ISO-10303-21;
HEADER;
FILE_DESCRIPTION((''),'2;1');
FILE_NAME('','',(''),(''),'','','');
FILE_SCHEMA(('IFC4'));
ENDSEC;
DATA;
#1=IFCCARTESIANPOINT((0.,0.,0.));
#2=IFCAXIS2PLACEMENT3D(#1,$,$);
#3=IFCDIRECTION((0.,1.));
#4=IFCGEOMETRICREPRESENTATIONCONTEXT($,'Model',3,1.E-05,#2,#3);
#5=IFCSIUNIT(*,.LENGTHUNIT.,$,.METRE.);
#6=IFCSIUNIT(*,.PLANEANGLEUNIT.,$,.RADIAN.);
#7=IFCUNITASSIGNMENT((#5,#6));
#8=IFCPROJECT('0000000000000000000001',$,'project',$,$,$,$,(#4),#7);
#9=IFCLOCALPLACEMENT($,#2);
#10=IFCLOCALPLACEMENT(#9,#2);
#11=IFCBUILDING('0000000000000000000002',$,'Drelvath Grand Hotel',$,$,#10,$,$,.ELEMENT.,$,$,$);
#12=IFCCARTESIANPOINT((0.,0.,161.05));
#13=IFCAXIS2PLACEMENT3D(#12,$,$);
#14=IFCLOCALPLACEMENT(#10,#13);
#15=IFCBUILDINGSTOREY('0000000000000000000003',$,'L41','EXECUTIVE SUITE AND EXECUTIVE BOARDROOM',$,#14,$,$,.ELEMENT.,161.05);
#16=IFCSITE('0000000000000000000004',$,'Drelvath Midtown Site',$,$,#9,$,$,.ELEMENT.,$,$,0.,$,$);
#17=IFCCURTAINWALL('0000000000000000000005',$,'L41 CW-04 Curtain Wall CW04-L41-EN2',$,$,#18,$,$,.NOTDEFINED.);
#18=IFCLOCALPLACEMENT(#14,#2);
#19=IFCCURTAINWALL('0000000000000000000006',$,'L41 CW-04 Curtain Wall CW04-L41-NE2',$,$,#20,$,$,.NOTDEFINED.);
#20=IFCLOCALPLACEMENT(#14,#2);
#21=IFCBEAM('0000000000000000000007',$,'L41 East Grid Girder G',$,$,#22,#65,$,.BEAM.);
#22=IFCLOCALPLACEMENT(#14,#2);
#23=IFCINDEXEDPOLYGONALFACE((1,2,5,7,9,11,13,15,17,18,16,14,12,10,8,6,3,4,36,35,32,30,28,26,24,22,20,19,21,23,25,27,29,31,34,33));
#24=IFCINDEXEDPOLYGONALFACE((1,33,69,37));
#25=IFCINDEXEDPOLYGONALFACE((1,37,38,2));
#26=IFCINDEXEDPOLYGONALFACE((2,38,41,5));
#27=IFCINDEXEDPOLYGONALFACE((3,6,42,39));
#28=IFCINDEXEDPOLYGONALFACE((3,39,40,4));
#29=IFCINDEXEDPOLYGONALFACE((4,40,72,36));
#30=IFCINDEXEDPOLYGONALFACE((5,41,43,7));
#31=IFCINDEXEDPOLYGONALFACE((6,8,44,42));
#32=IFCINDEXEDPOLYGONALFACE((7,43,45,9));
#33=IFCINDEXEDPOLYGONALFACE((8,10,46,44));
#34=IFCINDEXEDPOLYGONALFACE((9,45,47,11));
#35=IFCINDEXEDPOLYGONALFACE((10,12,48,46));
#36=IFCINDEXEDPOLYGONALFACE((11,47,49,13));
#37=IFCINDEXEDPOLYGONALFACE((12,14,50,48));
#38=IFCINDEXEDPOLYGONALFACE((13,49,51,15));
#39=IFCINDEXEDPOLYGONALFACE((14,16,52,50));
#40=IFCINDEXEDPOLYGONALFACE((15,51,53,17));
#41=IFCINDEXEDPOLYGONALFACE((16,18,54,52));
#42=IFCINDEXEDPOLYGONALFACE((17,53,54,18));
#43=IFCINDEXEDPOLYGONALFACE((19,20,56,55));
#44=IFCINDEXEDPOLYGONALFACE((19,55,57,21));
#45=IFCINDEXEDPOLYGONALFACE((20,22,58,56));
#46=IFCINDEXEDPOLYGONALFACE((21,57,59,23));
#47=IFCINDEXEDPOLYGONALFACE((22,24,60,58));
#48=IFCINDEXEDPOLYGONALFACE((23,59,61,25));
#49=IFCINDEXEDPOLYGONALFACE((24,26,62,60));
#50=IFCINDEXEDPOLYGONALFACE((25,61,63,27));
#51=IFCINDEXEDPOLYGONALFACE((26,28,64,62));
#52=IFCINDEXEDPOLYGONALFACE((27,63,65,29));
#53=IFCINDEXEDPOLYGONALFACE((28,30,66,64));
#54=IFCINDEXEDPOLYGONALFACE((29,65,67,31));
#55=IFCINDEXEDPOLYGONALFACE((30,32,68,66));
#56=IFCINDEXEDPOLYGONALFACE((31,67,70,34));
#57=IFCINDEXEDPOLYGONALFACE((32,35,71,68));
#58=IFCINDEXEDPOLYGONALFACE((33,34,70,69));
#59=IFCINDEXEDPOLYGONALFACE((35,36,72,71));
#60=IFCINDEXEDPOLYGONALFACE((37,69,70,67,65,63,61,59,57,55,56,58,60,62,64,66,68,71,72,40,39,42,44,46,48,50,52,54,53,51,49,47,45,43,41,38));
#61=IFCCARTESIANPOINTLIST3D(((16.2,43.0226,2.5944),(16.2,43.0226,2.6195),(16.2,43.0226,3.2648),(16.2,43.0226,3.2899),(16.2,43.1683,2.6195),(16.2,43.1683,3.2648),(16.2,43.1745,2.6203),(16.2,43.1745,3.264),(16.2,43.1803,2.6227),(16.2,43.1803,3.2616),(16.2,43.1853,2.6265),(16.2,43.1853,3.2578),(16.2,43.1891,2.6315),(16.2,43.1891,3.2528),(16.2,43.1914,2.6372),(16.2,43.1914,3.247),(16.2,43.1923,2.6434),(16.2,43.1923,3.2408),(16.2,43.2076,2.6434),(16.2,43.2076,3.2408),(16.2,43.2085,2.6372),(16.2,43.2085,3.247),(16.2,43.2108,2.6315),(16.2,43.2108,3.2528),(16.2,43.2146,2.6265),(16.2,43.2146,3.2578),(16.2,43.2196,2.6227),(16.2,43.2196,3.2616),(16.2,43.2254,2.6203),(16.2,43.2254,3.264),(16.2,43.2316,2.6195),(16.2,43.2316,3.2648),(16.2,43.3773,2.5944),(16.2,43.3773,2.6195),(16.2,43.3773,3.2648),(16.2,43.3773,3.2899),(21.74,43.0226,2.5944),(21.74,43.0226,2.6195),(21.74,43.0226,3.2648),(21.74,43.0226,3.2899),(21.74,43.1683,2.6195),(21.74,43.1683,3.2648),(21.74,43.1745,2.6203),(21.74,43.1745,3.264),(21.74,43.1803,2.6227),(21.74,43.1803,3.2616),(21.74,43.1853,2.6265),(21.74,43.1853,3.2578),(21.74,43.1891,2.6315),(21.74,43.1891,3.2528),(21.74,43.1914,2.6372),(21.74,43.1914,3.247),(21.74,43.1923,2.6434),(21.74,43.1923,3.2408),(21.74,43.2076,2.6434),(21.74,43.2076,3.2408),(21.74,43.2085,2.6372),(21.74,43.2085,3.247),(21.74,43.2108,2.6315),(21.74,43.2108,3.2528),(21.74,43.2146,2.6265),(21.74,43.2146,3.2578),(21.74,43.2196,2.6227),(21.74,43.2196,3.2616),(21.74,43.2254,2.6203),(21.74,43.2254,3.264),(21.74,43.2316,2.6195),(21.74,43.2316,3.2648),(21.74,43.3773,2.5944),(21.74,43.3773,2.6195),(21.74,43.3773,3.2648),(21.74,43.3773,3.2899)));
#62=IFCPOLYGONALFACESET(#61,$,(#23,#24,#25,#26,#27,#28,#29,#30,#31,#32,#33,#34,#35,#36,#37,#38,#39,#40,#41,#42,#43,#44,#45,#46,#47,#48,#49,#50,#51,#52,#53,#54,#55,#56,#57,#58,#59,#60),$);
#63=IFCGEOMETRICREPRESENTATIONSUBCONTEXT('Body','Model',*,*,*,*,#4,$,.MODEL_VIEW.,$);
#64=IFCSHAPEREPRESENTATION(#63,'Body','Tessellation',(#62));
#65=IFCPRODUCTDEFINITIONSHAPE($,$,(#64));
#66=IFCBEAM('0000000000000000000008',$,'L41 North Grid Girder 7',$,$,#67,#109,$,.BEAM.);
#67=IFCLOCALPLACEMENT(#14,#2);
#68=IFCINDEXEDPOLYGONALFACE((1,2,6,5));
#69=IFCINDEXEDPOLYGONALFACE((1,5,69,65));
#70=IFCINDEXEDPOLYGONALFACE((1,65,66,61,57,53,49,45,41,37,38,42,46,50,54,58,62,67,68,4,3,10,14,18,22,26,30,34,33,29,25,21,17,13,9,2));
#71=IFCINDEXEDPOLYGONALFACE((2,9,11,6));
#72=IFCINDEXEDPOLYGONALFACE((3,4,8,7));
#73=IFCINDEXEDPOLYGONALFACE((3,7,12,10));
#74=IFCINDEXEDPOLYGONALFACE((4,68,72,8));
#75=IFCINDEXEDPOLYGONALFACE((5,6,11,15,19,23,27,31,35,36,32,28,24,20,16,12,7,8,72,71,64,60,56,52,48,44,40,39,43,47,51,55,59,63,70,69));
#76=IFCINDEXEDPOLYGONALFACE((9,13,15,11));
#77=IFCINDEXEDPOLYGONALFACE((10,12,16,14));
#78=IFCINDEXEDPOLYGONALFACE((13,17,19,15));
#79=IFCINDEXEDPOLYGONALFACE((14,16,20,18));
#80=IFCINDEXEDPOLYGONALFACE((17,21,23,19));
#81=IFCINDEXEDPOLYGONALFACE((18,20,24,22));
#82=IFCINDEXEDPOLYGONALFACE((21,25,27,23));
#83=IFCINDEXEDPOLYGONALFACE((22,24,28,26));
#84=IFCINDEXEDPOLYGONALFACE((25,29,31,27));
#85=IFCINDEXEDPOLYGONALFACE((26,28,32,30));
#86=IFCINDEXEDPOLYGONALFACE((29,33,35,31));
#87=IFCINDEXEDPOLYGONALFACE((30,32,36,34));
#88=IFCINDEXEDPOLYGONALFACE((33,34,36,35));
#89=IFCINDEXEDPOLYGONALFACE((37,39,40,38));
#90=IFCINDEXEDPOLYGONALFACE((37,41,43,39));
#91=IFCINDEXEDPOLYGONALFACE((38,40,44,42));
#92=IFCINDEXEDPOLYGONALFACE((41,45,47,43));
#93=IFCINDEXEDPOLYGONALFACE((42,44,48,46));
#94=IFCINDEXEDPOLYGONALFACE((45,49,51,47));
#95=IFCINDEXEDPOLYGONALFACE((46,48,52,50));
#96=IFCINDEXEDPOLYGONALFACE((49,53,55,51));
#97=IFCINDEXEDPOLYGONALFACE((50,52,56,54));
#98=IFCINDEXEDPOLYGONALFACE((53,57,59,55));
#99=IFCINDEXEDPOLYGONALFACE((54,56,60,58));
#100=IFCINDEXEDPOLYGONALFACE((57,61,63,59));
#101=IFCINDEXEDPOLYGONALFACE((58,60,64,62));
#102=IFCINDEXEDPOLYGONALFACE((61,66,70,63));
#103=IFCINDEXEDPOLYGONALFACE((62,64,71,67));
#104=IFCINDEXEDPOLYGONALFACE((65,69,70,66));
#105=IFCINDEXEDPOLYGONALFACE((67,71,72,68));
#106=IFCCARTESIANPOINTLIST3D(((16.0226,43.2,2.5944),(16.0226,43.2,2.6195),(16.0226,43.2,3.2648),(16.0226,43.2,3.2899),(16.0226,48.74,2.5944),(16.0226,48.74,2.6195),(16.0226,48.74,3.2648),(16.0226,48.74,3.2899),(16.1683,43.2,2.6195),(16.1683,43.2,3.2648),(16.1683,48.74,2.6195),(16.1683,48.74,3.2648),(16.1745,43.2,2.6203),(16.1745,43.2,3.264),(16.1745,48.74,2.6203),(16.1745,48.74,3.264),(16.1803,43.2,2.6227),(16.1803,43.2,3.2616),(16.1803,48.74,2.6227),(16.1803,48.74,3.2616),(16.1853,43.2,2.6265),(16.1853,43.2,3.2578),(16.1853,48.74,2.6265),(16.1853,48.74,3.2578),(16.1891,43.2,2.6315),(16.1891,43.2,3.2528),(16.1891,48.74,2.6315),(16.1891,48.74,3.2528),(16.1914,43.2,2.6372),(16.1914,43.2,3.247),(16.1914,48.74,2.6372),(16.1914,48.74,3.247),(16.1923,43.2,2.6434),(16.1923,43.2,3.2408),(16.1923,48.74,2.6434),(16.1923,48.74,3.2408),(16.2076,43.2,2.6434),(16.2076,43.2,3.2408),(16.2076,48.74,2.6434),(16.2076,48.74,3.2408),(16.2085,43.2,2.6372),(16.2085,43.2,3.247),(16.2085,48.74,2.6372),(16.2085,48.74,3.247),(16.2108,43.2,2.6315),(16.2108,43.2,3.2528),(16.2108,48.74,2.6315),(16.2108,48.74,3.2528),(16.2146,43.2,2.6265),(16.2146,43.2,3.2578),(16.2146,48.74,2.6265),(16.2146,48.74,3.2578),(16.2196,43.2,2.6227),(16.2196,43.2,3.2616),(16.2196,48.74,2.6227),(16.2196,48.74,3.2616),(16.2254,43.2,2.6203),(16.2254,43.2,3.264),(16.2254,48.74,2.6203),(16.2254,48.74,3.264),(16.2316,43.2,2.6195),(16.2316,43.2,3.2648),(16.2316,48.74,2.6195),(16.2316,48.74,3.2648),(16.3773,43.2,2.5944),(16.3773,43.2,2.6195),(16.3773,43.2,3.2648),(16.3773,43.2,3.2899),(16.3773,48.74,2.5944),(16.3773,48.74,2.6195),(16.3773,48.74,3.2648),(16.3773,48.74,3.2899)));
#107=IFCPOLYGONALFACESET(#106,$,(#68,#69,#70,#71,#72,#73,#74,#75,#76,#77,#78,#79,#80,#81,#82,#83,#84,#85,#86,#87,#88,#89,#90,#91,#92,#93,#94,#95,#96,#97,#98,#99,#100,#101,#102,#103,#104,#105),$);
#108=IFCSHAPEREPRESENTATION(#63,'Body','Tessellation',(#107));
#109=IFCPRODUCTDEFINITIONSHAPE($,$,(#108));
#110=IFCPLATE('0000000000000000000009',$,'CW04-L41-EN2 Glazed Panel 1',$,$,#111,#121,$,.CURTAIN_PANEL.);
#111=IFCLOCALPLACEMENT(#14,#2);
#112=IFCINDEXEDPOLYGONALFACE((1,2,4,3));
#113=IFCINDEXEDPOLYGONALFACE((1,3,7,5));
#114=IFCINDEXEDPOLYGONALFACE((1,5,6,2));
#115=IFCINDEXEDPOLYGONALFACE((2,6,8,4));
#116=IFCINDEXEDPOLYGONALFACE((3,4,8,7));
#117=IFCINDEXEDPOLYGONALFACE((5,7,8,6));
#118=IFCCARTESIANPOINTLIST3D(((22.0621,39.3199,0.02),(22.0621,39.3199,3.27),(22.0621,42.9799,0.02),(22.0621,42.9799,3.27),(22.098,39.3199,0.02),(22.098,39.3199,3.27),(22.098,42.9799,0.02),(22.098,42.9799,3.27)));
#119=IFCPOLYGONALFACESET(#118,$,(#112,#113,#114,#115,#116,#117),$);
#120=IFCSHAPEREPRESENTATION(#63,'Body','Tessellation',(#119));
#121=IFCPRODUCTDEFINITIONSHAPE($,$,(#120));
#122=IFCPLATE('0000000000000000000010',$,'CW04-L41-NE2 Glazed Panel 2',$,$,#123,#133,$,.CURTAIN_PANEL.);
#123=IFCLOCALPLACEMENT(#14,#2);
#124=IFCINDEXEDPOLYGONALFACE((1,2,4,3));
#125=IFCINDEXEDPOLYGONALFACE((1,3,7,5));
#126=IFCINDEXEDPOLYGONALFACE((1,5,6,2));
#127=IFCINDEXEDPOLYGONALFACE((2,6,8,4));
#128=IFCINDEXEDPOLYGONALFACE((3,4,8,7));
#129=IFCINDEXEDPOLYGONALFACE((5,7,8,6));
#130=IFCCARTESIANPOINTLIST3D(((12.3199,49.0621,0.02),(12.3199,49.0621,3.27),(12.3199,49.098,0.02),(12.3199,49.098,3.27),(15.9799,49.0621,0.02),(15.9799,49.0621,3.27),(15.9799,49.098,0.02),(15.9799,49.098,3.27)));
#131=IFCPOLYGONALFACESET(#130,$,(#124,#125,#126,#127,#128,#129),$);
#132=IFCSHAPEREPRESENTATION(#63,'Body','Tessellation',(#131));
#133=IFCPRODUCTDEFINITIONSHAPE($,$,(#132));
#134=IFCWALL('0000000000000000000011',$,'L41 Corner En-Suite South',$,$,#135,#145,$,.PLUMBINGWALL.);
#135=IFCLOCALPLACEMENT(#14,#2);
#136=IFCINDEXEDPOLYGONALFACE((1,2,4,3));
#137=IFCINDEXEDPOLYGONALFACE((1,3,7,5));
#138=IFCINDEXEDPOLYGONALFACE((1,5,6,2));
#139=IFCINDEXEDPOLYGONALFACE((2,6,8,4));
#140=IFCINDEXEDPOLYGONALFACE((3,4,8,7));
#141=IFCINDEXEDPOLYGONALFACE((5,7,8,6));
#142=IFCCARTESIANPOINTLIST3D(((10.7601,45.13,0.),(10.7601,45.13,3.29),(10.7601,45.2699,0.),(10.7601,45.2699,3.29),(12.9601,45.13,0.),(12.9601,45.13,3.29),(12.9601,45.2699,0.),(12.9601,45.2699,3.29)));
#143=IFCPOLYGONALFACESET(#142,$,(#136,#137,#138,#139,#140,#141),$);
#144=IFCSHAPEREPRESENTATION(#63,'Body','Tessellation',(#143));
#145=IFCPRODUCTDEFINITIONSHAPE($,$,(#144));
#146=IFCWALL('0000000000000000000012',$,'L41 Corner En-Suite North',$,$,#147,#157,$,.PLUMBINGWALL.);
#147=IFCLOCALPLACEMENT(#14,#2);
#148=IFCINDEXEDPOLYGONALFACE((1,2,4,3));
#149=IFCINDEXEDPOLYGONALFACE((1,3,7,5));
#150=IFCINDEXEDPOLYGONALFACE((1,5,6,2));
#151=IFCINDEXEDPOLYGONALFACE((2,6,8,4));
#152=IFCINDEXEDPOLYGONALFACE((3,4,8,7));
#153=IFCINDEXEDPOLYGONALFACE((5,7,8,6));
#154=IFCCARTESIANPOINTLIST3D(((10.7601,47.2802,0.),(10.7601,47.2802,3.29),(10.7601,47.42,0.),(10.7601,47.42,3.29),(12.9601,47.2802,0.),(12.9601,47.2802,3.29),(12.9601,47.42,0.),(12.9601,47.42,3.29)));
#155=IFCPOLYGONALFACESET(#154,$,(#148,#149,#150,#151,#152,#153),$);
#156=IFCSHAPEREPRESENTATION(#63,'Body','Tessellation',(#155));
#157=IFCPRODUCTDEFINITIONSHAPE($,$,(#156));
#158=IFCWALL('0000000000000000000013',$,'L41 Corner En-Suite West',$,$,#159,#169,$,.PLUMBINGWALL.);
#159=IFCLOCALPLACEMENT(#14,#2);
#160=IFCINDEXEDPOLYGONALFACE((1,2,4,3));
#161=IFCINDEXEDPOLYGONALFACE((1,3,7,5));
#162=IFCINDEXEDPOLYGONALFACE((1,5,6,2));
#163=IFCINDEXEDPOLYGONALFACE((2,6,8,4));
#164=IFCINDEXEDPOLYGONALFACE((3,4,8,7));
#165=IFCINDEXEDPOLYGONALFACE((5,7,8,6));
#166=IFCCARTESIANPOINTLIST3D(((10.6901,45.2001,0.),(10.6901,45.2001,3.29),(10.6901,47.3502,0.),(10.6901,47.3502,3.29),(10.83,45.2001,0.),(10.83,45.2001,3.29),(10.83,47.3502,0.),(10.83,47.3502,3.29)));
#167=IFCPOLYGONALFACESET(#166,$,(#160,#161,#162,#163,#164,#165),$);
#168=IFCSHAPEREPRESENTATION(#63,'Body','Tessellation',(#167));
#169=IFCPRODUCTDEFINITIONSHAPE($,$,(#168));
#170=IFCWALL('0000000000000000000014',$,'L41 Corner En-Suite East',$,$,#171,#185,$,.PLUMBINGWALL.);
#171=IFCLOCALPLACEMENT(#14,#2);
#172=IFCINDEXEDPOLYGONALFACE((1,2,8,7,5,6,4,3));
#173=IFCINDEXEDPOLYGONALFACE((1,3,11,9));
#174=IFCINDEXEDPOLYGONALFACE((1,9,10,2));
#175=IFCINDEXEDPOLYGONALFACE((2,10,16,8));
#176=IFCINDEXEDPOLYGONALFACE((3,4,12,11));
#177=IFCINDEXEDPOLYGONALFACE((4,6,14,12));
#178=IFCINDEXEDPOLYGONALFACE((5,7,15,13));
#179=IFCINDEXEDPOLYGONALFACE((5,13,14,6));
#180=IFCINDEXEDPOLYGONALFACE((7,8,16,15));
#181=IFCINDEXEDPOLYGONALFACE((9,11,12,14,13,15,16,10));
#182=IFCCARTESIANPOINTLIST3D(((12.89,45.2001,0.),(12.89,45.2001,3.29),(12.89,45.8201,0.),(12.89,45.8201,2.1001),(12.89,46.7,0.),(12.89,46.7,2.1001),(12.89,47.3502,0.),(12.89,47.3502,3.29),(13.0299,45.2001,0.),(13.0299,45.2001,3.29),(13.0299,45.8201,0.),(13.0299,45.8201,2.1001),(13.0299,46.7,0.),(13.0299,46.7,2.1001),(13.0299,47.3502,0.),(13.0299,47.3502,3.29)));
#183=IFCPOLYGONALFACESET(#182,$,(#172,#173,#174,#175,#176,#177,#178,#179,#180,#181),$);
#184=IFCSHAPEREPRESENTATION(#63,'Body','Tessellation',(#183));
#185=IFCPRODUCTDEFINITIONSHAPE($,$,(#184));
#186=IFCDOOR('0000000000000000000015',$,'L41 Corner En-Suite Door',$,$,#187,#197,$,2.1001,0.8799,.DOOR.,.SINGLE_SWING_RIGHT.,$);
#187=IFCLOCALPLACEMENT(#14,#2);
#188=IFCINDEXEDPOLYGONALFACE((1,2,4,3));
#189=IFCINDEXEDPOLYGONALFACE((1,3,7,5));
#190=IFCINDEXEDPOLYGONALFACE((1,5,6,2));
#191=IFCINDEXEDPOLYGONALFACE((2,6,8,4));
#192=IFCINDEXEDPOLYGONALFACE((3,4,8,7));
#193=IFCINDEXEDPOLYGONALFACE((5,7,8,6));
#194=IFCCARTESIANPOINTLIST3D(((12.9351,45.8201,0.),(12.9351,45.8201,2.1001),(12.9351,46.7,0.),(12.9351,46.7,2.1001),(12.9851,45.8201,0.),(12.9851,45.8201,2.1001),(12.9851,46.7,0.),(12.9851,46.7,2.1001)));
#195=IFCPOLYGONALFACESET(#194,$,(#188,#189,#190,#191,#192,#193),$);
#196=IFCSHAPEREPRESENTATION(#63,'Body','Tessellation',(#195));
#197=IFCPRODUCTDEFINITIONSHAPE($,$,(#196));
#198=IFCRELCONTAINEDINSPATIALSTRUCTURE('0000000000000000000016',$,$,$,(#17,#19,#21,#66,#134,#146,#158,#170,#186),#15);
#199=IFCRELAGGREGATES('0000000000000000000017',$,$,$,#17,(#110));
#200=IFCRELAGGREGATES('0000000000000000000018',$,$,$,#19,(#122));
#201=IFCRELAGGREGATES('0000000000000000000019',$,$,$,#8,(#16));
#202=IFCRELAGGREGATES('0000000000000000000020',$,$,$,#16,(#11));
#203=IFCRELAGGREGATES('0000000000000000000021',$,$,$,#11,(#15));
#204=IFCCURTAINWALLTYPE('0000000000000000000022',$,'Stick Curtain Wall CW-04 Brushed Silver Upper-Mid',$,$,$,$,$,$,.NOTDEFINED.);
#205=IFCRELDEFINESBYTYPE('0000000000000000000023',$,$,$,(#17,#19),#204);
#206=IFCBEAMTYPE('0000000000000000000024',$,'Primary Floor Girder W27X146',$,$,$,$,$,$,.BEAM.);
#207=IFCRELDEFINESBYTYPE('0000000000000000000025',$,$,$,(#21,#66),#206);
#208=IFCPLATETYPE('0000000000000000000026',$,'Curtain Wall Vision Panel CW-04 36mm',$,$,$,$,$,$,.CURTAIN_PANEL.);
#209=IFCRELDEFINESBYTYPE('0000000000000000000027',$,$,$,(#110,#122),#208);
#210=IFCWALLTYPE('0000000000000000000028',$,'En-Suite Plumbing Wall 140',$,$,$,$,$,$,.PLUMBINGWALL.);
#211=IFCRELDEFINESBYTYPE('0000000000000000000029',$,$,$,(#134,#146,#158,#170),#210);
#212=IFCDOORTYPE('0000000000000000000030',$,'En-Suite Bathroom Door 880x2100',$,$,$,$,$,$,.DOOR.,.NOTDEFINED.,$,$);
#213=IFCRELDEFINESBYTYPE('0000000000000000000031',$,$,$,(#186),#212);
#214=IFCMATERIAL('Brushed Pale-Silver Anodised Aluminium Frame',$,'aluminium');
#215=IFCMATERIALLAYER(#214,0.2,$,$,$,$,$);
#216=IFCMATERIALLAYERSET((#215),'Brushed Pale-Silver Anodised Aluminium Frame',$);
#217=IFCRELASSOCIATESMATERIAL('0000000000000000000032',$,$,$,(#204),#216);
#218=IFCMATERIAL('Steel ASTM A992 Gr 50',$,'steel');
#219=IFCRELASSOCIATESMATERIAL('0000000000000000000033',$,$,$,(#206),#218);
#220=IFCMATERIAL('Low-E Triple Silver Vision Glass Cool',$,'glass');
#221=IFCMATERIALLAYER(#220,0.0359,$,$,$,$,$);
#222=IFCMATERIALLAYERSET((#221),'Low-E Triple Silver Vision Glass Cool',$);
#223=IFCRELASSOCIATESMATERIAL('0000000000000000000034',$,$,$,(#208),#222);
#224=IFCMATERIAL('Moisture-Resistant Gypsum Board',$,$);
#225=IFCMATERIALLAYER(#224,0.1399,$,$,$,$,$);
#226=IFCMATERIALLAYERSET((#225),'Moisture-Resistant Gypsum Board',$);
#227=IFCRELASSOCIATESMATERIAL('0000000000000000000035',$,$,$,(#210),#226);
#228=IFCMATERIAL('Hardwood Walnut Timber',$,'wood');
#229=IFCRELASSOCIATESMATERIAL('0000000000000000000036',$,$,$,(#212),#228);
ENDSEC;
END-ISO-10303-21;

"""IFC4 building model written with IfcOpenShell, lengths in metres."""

from ifc_helpers import new_model, si_unit, direction, frame, frame_2d, origin, origin_2d, place, context, subcontext, project, spatial, rectangle, i_section, extrude, material, layer, layer_set, material_profile, profile_set, type_object, element, fill, aggregate, save


model = new_model("IFC4")

# Units and contexts
model_context = context("Model", 3, precision=1e-05, world=origin(), true_north=direction((0.0, 1.0)))
body_context = subcontext(model_context, "Body", "Model", "MODEL_VIEW")
ifc_project = project(units=[si_unit("LENGTHUNIT", "METRE"), si_unit("PLANEANGLEUNIT", "RADIAN")], contexts=[model_context])

# Site, building, storey
site_placement = place(None, origin())
site = spatial("IfcSite", under=ifc_project, at=site_placement, Name="Drelvath Midtown Site", CompositionType="ELEMENT", RefElevation=0.0)
building_placement = place(site_placement, origin())
building = spatial("IfcBuilding", under=site, at=building_placement, Name="Drelvath Grand Hotel", CompositionType="ELEMENT")
storey_placement = place(building_placement, frame((0.0, 0.0, 161.05)))
storey = spatial("IfcBuildingStorey", under=building, at=storey_placement, Name="L41", Description="EXECUTIVE SUITE AND EXECUTIVE BOARDROOM", CompositionType="ELEMENT", Elevation=161.05)

# Curtain walls
ifc_material_1 = material(Name="Brushed Pale-Silver Anodised Aluminium Frame", Category="aluminium")
ifc_layer_1 = layer(ifc_material_1, 0.2)
ifc_layer_set_1 = layer_set([ifc_layer_1], Name="Brushed Pale-Silver Anodised Aluminium Frame")
curtain_wall_type = type_object("IfcCurtainWallType", Name="Stick Curtain Wall CW-04 Brushed Silver Upper-Mid", PredefinedType="NOTDEFINED", material=ifc_layer_set_1)
curtain_wall_1_placement = place(storey_placement, origin())
curtain_wall_1 = element("IfcCurtainWall", 1, at=curtain_wall_1_placement, inside=storey, type_object=curtain_wall_type, Name="L41 CW-04 Curtain Wall CW04-L41-EN2", PredefinedType="NOTDEFINED")
curtain_wall_2_placement = place(storey_placement, origin())
curtain_wall_2 = element("IfcCurtainWall", 2, at=curtain_wall_2_placement, inside=storey, type_object=curtain_wall_type, Name="L41 CW-04 Curtain Wall CW04-L41-NE2", PredefinedType="NOTDEFINED")

# Beams
ifc_material_2 = material(Name="Steel ASTM A992 Gr 50", Category="steel")
ifc_material_profile_1 = material_profile(ifc_material_2, i_section(OverallWidth=0.3547, OverallDepth=0.6956, WebThickness=0.0154, FlangeThickness=0.0251, FilletRadius=0.0239, at=origin_2d()), Name="W27X146")
ifc_profile_set_1 = profile_set([ifc_material_profile_1], Name="Steel ASTM A992 Gr 50")
beam_type = type_object("IfcBeamType", Name="Primary Floor Girder W27X146", PredefinedType="BEAM", material=ifc_profile_set_1)
for number, where, z_axis, x_axis, name in (
    (3, (16.2, 43.2, 2.9421), (1.0, 0.0, 0.0), (0.0, 1.0, 0.0), "L41 East Grid Girder G"),
    (4, (16.2, 43.2, 2.9421), (0.0, 1.0, 0.0), (-1.0, 0.0, 0.0), "L41 North Grid Girder 7"),
):
    element("IfcBeam", number, at=place(storey_placement, frame(where, z_axis=z_axis, x_axis=x_axis)), inside=storey, type_object=beam_type, Name=name, PredefinedType="BEAM", context=body_context, shape_type="SweptSolid", body=[
        extrude(i_section(OverallWidth=0.3547, OverallDepth=0.6956, WebThickness=0.0154, FlangeThickness=0.0251, FilletRadius=0.0239, at=origin_2d()), origin(), (0.0, 0.0, 1.0), 5.54),
    ])

# Plates
ifc_material_3 = material(Name="Low-E Triple Silver Vision Glass Cool", Category="glass")
ifc_layer_2 = layer(ifc_material_3, 0.0359)
ifc_layer_set_2 = layer_set([ifc_layer_2], Name="Low-E Triple Silver Vision Glass Cool")
plate_type = type_object("IfcPlateType", Name="Curtain Wall Vision Panel CW-04 36mm", PredefinedType="CURTAIN_PANEL", material=ifc_layer_set_2)
plate_1_placement = place(storey_placement, frame((22.0801, 41.1499, 0.02), z_axis=(0.0, 0.0, 1.0), x_axis=(0.0, -1.0, 0.0)))
plate_1 = element("IfcPlate", 5, at=plate_1_placement, type_object=plate_type, Name="CW04-L41-EN2 Glazed Panel 1", PredefinedType="CURTAIN_PANEL", context=body_context, shape_type="SweptSolid", body=[
    extrude(rectangle(XDim=3.6599, YDim=0.0359, at=origin_2d()), origin(), (0.0, 0.0, 1.0), 3.25),
])
aggregate(curtain_wall_1, [plate_1])
plate_2_placement = place(storey_placement, frame((14.1499, 49.0801, 0.02), z_axis=(0.0, 0.0, 1.0), x_axis=(1.0, 0.0, 0.0)))
plate_2 = element("IfcPlate", 6, at=plate_2_placement, type_object=plate_type, Name="CW04-L41-NE2 Glazed Panel 2", PredefinedType="CURTAIN_PANEL", context=body_context, shape_type="SweptSolid", body=[
    extrude(rectangle(XDim=3.6599, YDim=0.0359, at=origin_2d()), origin(), (0.0, 0.0, 1.0), 3.25),
])
aggregate(curtain_wall_2, [plate_2])

# Walls
ifc_material_4 = material(Name="Moisture-Resistant Gypsum Board")
ifc_layer_3 = layer(ifc_material_4, 0.1399)
ifc_layer_set_3 = layer_set([ifc_layer_3], Name="Moisture-Resistant Gypsum Board")
wall_type_1 = type_object("IfcWallType", Name="En-Suite Plumbing Wall 140", PredefinedType="PLUMBINGWALL", material=ifc_layer_set_3)
for number, where, z_axis, x_axis, name in (
    (7, (10.76, 45.2, 0.0), (0.0, 0.0, 1.0), (1.0, 0.0, 0.0), "L41 Corner En-Suite South"),
    (8, (10.76, 47.3501, 0.0), (0.0, 0.0, 1.0), (1.0, 0.0, 0.0), "L41 Corner En-Suite North"),
):
    element("IfcWall", number, at=place(storey_placement, frame(where, z_axis=z_axis, x_axis=x_axis)), inside=storey, type_object=wall_type_1, Name=name, PredefinedType="PLUMBINGWALL", context=body_context, shape_type="SweptSolid", body=[
        extrude(rectangle(XDim=2.2, YDim=0.1399, at=frame_2d((1.1001, 0.0))), origin(), (0.0, 0.0, 1.0), 3.29),
    ])
wall_1_placement = place(storey_placement, frame((10.76, 45.2, 0.0), z_axis=(0.0, 0.0, 1.0), x_axis=(0.0, 1.0, 0.0)))
element("IfcWall", 9, at=wall_1_placement, inside=storey, type_object=wall_type_1, Name="L41 Corner En-Suite West", PredefinedType="PLUMBINGWALL", context=body_context, shape_type="SweptSolid", body=[
    extrude(rectangle(XDim=2.1501, YDim=0.1399, at=frame_2d((1.0752, 0.0))), origin(), (0.0, 0.0, 1.0), 3.29),
])

# Wall, opening, door
wall_2_placement = place(storey_placement, frame((12.96, 45.2, 0.0), z_axis=(0.0, 0.0, 1.0), x_axis=(0.0, 1.0, 0.0)))
wall_2 = element("IfcWall", 10, at=wall_2_placement, inside=storey, type_object=wall_type_1, Name="L41 Corner En-Suite East", PredefinedType="PLUMBINGWALL", context=body_context, shape_type="SweptSolid", body=[
    extrude(rectangle(XDim=2.1501, YDim=0.1399, at=frame_2d((1.0752, 0.0))), origin(), (0.0, 0.0, 1.0), 3.29),
])
opening_1_placement = place(wall_2_placement, frame((0.6201, 0.0, 0.0)))
opening_1 = element("IfcOpeningElement", 11, at=opening_1_placement, cuts=wall_2, PredefinedType="OPENING", context=body_context, shape_type="SweptSolid", body=[
    extrude(rectangle(XDim=0.8799, YDim=2.1001, at=frame_2d((0.4399, 1.05))), frame((0.0, 0.0798, 0.0), z_axis=(0.0, -1.0, 0.0), x_axis=(1.0, 0.0, 0.0)), (0.0, 0.0, 1.0), 0.1599),
])
ifc_material_5 = material(Name="Hardwood Walnut Timber", Category="wood")
door_type = type_object("IfcDoorType", Name="En-Suite Bathroom Door 880x2100", OperationType="NOTDEFINED", PredefinedType="DOOR", material=ifc_material_5)
door_1_placement = place(opening_1_placement, origin())
door_1 = element("IfcDoor", 12, at=door_1_placement, inside=storey, type_object=door_type, Name="L41 Corner En-Suite Door", OperationType="SINGLE_SWING_RIGHT", OverallHeight=2.1001, OverallWidth=0.8799, PredefinedType="DOOR", context=body_context, shape_type="SweptSolid", body=[
    extrude(rectangle(XDim=0.8799, YDim=2.1001, at=frame_2d((0.4399, 1.05))), frame((0.0, 0.0249, 0.0), z_axis=(0.0, -1.0, 0.0), x_axis=(1.0, 0.0, 0.0)), (0.0, 0.0, 1.0), 0.05),
])
fill(opening_1, door_1)

save(model, "model.ifc")
